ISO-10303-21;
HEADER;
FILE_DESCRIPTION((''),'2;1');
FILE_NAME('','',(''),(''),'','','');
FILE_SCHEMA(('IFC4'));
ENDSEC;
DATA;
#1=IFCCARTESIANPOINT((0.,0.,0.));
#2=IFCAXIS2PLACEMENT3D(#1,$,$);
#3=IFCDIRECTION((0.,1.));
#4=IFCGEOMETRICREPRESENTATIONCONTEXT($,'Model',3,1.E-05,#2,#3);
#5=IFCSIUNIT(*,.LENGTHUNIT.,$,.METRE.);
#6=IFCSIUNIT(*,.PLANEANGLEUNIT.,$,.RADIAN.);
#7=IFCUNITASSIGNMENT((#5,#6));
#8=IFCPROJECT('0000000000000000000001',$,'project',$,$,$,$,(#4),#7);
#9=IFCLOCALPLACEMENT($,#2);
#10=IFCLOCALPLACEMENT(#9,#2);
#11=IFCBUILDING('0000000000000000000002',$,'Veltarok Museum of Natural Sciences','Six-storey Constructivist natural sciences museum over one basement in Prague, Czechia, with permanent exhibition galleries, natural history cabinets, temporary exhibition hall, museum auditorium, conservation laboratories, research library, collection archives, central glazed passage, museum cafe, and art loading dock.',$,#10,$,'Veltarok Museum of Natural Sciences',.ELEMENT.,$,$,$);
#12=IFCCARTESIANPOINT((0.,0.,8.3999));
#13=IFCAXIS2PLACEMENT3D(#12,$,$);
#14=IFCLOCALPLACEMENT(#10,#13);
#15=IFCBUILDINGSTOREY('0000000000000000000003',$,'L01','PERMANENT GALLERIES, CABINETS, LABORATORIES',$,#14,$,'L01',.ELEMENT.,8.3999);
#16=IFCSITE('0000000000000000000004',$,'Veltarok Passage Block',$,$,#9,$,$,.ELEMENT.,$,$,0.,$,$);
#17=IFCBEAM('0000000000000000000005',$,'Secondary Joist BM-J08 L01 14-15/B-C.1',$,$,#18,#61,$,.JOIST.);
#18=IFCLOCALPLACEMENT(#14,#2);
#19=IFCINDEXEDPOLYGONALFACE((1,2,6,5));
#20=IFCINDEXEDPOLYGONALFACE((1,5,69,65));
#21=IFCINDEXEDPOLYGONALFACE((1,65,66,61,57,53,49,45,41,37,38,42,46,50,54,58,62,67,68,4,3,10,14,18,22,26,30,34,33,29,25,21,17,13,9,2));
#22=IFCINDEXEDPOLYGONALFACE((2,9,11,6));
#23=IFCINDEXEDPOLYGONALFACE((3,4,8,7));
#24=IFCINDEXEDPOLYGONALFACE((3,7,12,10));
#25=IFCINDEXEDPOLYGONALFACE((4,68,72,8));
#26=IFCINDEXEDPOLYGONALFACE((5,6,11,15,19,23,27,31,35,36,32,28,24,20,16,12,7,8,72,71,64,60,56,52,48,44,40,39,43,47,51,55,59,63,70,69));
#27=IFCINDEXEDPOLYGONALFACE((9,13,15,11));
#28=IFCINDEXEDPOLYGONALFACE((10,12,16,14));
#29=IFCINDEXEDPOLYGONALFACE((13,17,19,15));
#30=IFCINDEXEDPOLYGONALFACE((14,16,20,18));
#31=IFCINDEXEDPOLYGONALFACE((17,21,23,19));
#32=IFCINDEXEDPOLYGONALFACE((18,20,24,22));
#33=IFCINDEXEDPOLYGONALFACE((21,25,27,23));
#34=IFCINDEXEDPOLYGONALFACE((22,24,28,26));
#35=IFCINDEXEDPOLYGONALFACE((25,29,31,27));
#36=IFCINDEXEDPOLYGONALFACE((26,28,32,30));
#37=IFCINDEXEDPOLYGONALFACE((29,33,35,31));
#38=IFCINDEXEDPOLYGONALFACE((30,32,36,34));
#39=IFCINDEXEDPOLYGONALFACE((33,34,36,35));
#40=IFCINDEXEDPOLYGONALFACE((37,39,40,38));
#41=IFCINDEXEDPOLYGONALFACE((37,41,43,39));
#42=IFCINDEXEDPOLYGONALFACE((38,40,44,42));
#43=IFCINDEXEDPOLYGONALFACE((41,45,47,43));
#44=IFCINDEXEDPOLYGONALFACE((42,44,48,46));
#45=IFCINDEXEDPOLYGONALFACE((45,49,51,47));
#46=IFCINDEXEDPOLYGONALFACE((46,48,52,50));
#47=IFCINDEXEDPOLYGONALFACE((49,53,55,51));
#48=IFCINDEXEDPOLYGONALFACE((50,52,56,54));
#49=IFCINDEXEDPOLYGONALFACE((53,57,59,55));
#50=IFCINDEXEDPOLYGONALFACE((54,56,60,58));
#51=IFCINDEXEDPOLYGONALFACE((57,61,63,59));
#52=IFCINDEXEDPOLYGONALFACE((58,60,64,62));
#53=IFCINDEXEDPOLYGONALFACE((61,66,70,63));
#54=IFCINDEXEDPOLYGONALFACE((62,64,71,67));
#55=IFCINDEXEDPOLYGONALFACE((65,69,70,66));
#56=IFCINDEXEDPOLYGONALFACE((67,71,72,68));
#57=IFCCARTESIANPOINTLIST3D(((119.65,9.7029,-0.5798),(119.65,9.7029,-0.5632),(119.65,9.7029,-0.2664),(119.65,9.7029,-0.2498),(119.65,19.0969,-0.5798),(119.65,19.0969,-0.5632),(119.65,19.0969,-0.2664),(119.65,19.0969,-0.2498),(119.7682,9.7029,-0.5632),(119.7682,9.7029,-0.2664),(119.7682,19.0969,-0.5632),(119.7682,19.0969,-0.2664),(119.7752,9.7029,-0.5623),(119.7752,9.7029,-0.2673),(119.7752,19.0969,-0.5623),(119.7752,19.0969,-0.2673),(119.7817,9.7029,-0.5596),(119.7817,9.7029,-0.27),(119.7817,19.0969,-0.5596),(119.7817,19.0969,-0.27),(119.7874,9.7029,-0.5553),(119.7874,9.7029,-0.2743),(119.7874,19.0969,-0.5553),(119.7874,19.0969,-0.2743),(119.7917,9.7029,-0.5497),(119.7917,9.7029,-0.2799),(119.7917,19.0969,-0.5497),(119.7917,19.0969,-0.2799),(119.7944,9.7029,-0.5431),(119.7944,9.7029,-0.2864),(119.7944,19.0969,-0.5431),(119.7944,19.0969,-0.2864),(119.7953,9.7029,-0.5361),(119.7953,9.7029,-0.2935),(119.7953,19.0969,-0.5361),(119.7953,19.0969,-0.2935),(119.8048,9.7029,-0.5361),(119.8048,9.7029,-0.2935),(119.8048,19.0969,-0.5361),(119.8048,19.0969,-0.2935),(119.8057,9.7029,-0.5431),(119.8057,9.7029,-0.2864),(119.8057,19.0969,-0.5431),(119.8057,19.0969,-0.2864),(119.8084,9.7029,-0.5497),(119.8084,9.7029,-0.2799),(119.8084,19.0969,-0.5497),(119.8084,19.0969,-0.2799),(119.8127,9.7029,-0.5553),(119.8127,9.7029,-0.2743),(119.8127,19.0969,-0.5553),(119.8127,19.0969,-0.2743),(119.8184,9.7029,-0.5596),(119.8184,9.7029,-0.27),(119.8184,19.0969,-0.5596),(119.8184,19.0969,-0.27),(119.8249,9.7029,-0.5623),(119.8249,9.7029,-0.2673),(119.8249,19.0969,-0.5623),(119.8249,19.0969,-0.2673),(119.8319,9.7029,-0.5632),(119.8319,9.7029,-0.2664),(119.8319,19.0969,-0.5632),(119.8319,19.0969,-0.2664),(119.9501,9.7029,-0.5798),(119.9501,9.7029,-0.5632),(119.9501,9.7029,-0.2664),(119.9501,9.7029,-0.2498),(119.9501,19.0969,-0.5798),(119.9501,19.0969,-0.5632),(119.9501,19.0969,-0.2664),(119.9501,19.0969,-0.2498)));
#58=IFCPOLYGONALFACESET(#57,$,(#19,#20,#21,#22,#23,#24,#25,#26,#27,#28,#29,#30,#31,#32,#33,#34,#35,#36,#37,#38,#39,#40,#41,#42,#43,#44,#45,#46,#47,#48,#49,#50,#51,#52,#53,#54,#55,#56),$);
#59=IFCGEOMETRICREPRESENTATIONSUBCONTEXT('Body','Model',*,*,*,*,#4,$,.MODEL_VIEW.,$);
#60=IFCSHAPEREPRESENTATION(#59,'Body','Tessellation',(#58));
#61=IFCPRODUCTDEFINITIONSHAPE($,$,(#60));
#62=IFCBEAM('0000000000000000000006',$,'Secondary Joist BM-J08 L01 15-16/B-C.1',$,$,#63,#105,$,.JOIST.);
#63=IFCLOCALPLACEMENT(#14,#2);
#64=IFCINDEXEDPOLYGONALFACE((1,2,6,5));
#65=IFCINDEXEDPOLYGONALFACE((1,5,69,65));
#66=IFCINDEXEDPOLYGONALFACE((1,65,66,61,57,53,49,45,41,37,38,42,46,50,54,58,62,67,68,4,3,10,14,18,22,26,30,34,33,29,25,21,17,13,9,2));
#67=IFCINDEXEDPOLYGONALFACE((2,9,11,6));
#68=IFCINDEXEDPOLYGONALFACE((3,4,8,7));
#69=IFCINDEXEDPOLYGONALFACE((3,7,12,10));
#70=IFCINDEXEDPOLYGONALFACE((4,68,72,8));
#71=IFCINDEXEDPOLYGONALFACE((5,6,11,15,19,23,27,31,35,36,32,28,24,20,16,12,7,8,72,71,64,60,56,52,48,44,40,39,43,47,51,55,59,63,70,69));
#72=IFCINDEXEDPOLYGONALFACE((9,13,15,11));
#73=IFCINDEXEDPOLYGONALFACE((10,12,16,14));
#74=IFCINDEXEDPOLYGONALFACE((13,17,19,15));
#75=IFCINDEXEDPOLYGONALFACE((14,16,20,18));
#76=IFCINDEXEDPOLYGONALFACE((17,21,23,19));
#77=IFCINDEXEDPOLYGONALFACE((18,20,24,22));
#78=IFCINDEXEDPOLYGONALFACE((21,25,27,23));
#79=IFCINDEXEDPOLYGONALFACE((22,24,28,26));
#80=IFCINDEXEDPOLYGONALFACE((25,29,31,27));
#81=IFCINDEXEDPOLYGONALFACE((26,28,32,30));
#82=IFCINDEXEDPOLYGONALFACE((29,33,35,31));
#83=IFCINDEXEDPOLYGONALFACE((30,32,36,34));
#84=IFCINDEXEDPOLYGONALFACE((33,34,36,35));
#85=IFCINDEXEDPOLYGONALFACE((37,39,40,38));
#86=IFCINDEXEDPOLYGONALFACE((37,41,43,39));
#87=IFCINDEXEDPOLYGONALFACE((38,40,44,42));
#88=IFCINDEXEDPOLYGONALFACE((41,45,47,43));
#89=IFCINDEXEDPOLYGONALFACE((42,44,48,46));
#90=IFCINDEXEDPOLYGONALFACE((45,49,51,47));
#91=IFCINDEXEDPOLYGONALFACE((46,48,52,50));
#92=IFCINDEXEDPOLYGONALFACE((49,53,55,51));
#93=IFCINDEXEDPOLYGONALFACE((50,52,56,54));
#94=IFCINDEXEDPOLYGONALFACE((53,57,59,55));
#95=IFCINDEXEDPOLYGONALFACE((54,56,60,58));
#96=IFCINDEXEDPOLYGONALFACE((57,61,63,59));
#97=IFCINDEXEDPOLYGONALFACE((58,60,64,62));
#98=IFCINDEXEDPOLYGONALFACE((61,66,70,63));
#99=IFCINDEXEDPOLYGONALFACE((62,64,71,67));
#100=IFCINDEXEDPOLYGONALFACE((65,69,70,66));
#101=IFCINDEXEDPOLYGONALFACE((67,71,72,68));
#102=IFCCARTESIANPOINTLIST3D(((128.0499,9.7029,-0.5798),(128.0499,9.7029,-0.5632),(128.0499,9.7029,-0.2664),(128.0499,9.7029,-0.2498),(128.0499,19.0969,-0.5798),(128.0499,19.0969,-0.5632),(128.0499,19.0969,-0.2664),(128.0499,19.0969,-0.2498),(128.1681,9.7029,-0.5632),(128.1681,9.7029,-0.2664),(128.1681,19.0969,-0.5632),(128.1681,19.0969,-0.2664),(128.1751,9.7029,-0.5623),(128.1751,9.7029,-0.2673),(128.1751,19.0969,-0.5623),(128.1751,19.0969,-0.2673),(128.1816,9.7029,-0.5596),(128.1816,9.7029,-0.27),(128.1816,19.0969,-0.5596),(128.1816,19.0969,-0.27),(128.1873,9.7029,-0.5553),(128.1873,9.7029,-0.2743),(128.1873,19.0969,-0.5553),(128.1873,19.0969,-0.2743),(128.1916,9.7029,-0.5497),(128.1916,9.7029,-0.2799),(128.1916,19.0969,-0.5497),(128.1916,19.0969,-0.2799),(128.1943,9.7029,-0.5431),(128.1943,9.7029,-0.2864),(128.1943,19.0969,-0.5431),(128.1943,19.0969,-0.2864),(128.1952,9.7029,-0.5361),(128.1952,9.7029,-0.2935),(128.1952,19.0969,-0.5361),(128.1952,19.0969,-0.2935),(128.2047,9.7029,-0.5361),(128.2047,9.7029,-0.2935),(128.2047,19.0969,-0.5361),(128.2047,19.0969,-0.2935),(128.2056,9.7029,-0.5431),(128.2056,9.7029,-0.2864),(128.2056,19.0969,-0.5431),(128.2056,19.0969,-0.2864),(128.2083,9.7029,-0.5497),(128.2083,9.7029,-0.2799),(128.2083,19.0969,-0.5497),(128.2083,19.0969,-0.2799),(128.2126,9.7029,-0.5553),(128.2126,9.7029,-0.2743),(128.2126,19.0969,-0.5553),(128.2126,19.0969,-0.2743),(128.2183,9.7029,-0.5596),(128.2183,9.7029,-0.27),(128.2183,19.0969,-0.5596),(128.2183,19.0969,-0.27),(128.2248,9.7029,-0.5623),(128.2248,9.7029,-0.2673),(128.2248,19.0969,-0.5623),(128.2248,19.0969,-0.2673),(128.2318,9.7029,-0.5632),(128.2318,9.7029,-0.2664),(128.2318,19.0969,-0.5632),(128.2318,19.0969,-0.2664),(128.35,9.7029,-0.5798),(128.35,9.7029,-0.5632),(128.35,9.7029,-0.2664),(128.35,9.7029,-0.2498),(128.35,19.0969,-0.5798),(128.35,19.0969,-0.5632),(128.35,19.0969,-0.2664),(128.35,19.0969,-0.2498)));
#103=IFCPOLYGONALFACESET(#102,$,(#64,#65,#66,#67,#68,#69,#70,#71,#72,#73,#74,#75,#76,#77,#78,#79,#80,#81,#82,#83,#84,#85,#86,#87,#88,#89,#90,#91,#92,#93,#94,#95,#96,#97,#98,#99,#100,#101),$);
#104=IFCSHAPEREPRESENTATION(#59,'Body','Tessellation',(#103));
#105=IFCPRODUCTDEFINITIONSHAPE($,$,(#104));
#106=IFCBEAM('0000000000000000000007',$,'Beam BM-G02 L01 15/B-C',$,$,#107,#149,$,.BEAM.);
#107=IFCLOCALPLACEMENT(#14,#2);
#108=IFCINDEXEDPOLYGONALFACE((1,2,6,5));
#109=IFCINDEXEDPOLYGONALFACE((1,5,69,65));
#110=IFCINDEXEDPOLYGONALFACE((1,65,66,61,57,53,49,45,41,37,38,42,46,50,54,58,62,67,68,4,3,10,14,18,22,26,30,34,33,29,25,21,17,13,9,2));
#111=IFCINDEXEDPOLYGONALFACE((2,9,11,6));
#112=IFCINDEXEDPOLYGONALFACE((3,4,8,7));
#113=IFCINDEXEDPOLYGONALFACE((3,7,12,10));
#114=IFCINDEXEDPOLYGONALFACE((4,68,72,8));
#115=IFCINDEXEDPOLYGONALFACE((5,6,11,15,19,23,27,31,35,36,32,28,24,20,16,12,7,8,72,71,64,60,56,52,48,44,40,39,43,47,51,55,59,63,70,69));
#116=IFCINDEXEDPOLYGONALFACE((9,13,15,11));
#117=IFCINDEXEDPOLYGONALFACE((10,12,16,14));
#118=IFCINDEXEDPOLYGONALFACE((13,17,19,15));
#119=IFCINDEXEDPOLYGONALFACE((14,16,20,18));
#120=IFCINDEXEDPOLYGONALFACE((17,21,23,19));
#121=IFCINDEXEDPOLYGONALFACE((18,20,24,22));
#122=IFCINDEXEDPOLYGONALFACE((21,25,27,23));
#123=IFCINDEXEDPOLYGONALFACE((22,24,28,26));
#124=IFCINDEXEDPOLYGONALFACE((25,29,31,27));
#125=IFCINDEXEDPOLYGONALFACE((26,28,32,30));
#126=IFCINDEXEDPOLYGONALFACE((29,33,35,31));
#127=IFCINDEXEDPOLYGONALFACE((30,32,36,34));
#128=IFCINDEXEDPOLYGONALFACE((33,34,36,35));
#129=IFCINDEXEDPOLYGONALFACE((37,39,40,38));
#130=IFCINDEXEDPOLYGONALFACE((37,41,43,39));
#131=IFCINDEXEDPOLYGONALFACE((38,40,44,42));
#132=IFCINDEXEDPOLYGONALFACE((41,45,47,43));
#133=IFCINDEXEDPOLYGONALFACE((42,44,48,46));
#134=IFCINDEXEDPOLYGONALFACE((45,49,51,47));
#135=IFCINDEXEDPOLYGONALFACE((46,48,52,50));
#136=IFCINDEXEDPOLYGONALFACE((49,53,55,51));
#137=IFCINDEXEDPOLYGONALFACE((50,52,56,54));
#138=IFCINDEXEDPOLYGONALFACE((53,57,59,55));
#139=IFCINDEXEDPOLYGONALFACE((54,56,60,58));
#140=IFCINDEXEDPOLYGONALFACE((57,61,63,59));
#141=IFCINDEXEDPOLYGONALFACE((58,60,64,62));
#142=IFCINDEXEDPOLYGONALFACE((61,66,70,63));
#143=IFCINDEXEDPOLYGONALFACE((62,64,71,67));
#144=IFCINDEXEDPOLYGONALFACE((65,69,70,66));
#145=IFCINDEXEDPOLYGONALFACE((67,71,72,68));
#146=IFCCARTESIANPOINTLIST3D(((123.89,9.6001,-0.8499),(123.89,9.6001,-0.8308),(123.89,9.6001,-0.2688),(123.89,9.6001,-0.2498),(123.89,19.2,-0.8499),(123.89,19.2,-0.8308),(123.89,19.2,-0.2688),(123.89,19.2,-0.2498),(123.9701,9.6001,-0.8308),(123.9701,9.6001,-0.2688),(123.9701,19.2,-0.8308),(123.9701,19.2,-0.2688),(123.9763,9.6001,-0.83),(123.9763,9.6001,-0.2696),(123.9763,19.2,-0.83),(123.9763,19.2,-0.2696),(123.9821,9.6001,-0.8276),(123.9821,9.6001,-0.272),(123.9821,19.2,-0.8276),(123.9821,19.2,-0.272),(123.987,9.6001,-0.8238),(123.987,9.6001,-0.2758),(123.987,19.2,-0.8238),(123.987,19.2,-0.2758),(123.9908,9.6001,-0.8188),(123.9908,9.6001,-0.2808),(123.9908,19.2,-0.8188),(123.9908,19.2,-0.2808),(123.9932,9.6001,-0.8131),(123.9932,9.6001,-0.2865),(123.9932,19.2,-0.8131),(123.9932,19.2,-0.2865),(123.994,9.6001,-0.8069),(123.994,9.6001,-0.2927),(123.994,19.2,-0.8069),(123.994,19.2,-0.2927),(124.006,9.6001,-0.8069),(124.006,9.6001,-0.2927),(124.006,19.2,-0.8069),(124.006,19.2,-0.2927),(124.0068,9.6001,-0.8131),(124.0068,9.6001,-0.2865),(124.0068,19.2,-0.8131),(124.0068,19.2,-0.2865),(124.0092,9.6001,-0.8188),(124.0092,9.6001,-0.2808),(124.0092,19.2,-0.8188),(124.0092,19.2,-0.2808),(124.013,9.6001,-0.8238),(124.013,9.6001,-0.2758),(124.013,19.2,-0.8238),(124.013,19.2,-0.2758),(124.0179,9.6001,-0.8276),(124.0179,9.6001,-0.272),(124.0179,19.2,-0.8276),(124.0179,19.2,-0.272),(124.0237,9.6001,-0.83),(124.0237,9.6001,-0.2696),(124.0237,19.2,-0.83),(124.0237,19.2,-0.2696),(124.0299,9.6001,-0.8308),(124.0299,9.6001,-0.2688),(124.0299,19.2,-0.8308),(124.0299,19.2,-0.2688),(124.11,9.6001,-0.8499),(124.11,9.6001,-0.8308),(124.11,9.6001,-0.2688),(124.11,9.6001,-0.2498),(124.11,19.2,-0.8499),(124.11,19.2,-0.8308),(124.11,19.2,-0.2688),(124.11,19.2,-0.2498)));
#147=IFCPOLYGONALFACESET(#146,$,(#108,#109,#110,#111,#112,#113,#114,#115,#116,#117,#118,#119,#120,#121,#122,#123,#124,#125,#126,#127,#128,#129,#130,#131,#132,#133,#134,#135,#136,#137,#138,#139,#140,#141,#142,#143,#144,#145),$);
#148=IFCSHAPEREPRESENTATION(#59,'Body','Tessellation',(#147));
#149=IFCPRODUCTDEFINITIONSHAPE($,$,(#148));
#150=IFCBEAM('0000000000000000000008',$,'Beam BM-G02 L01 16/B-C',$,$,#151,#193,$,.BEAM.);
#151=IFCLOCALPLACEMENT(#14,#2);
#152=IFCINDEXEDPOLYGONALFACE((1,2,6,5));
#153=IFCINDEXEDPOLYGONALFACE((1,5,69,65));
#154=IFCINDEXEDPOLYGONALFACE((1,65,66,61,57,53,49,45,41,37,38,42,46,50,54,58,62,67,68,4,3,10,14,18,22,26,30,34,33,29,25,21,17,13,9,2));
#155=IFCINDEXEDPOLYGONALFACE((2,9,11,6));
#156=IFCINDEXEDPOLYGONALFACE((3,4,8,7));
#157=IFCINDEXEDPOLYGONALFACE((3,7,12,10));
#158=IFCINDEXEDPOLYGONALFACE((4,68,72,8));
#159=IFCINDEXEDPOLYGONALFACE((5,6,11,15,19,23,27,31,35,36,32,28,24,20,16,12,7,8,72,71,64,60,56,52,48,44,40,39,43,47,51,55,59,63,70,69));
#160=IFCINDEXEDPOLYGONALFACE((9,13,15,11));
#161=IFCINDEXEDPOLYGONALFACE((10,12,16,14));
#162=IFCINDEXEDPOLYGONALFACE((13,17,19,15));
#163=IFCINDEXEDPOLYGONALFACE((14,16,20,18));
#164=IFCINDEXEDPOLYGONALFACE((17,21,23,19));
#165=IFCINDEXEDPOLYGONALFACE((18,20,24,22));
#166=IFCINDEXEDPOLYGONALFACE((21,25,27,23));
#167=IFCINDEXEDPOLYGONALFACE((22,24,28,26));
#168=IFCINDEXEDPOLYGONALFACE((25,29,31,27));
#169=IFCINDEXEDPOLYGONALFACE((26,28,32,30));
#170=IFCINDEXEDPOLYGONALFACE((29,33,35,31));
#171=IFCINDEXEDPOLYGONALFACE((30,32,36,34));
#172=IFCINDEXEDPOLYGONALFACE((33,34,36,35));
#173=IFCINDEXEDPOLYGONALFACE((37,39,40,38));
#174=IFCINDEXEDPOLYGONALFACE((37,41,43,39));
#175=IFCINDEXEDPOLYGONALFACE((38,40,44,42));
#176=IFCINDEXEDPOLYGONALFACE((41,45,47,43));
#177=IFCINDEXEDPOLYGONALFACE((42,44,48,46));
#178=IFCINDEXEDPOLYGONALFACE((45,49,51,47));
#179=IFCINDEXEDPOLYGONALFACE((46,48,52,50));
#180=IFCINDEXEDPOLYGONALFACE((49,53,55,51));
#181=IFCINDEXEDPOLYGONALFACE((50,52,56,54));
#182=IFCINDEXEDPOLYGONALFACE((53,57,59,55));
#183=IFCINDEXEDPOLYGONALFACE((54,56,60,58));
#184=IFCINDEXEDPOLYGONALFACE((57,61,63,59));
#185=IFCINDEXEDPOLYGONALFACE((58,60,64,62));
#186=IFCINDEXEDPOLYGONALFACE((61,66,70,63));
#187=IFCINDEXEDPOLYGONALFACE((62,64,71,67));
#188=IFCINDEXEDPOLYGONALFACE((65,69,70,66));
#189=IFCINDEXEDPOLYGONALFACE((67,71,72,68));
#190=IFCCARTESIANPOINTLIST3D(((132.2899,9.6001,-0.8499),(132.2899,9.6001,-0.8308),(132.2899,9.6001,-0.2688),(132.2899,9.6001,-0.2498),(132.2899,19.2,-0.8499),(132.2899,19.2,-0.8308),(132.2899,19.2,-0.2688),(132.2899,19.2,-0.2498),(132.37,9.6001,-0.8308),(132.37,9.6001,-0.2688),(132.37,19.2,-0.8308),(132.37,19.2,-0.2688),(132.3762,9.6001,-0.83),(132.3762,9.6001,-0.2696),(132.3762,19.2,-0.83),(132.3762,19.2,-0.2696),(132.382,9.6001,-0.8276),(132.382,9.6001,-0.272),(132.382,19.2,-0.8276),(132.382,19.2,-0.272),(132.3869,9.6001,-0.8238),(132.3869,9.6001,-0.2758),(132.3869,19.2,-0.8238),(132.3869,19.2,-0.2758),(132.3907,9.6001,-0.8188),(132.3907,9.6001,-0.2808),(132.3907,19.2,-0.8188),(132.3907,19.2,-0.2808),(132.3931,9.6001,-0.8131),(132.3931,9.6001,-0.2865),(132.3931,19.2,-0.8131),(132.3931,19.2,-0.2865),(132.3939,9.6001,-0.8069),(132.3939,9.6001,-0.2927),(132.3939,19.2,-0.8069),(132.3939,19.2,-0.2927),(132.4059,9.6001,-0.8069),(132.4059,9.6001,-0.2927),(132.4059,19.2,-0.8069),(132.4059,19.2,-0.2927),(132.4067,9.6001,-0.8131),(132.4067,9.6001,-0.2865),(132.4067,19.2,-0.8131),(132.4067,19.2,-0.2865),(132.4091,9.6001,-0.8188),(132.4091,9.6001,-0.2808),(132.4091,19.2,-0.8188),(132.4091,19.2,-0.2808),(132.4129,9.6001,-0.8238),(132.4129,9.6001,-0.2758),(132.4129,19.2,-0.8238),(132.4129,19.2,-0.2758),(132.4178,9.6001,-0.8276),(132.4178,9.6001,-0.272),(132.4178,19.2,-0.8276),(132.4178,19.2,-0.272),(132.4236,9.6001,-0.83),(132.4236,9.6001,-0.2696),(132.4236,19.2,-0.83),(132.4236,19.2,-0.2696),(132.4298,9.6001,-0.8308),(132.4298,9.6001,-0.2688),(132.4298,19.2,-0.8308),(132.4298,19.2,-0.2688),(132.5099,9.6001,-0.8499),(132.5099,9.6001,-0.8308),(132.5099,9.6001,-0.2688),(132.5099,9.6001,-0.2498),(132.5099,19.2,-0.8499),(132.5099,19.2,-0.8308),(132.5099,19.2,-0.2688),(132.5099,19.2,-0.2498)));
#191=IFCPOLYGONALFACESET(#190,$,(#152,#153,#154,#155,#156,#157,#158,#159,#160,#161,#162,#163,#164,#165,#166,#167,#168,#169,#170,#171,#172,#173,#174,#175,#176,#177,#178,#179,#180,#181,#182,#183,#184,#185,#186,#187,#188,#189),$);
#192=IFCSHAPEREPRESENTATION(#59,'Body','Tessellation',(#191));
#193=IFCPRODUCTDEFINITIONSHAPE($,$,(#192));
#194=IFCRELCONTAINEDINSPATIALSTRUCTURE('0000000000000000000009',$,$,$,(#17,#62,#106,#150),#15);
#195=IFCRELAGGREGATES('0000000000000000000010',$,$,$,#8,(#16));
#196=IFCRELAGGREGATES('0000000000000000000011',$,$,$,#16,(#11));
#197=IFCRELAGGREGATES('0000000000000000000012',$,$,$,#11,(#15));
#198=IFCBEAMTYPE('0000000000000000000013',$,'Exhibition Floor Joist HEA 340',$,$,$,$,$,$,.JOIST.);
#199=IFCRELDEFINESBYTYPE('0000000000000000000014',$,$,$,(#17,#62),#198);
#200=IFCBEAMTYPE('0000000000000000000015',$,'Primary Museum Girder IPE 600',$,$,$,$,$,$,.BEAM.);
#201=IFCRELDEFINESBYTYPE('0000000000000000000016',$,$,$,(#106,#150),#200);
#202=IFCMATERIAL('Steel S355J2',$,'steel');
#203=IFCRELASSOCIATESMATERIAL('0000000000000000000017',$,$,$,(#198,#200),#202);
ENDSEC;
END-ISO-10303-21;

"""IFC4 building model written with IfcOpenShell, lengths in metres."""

from ifc_helpers import new_model, si_unit, direction, frame, origin, origin_2d, place, context, subcontext, project, spatial, i_section, extrude, material, material_profile, profile_set, type_object, element, save


model = new_model("IFC4")

# Units and contexts
model_context = context("Model", 3, precision=1e-05, world=origin(), true_north=direction((0.0, 1.0)))
body_context = subcontext(model_context, "Body", "Model", "MODEL_VIEW")
ifc_project = project(units=[si_unit("LENGTHUNIT", "METRE"), si_unit("PLANEANGLEUNIT", "RADIAN")], contexts=[model_context])

# Site, building, storey
site_placement = place(None, origin())
site = spatial("IfcSite", under=ifc_project, at=site_placement, Name="Veltarok Passage Block", CompositionType="ELEMENT", RefElevation=0.0)
building_placement = place(site_placement, origin())
building = spatial("IfcBuilding", under=site, at=building_placement, Name="Veltarok Museum of Natural Sciences", Description="Six-storey Constructivist natural sciences museum over one basement in Prague, Czechia, with permanent exhibition galleries, natural history cabinets, temporary exhibition hall, museum auditorium, conservation laboratories, research library, collection archives, central glazed passage, museum cafe, and art loading dock.", LongName="Veltarok Museum of Natural Sciences", CompositionType="ELEMENT")
storey_placement = place(building_placement, frame((0.0, 0.0, 8.3999)))
storey = spatial("IfcBuildingStorey", under=building, at=storey_placement, Name="L01", Description="PERMANENT GALLERIES, CABINETS, LABORATORIES", LongName="L01", CompositionType="ELEMENT", Elevation=8.3999)

# Shared definitions
ifc_material_1 = material(Name="Steel S355J2", Category="steel")

# Beams
ifc_material_profile_1 = material_profile(ifc_material_1, i_section(OverallWidth=0.3, OverallDepth=0.3301, WebThickness=0.0095, FlangeThickness=0.0166, FilletRadius=0.0271, at=origin_2d()), Name="HEA 340")
ifc_profile_set_1 = profile_set([ifc_material_profile_1], Name="Steel S355J2")
beam_type_1 = type_object("IfcBeamType", Name="Exhibition Floor Joist HEA 340", PredefinedType="JOIST", material=ifc_profile_set_1)
for number, where, z_axis, x_axis, name in (
    (1, (119.8, 9.7029, -0.4148), (0.0, 1.0, 0.0), (-1.0, 0.0, 0.0), "Secondary Joist BM-J08 L01 14-15/B-C.1"),
    (2, (128.2, 9.7029, -0.4148), (0.0, 1.0, 0.0), (-1.0, 0.0, 0.0), "Secondary Joist BM-J08 L01 15-16/B-C.1"),
):
    element("IfcBeam", number, at=place(storey_placement, frame(where, z_axis=z_axis, x_axis=x_axis)), inside=storey, type_object=beam_type_1, Name=name, PredefinedType="JOIST", context=body_context, shape_type="SweptSolid", body=[
        extrude(i_section(OverallWidth=0.3, OverallDepth=0.3301, WebThickness=0.0095, FlangeThickness=0.0166, FilletRadius=0.0271, at=origin_2d()), origin(), (0.0, 0.0, 1.0), 9.394),
    ])
ifc_material_profile_2 = material_profile(ifc_material_1, i_section(OverallWidth=0.22, OverallDepth=0.6001, WebThickness=0.012, FlangeThickness=0.019, FilletRadius=0.0239, at=origin_2d()), Name="IPE 600")
ifc_profile_set_2 = profile_set([ifc_material_profile_2], Name="Steel S355J2")
beam_type_2 = type_object("IfcBeamType", Name="Primary Museum Girder IPE 600", PredefinedType="BEAM", material=ifc_profile_set_2)
for number, where, z_axis, x_axis, name in (
    (3, (124.0, 9.6001, -0.5498), (0.0, 1.0, 0.0), (-1.0, 0.0, 0.0), "Beam BM-G02 L01 15/B-C"),
    (4, (132.3999, 9.6001, -0.5498), (0.0, 1.0, 0.0), (-1.0, 0.0, 0.0), "Beam BM-G02 L01 16/B-C"),
):
    element("IfcBeam", number, at=place(storey_placement, frame(where, z_axis=z_axis, x_axis=x_axis)), inside=storey, type_object=beam_type_2, Name=name, PredefinedType="BEAM", context=body_context, shape_type="SweptSolid", body=[
        extrude(i_section(OverallWidth=0.22, OverallDepth=0.6001, WebThickness=0.012, FlangeThickness=0.019, FilletRadius=0.0239, at=origin_2d()), origin(), (0.0, 0.0, 1.0), 9.5999),
    ])

save(model, "model.ifc")
